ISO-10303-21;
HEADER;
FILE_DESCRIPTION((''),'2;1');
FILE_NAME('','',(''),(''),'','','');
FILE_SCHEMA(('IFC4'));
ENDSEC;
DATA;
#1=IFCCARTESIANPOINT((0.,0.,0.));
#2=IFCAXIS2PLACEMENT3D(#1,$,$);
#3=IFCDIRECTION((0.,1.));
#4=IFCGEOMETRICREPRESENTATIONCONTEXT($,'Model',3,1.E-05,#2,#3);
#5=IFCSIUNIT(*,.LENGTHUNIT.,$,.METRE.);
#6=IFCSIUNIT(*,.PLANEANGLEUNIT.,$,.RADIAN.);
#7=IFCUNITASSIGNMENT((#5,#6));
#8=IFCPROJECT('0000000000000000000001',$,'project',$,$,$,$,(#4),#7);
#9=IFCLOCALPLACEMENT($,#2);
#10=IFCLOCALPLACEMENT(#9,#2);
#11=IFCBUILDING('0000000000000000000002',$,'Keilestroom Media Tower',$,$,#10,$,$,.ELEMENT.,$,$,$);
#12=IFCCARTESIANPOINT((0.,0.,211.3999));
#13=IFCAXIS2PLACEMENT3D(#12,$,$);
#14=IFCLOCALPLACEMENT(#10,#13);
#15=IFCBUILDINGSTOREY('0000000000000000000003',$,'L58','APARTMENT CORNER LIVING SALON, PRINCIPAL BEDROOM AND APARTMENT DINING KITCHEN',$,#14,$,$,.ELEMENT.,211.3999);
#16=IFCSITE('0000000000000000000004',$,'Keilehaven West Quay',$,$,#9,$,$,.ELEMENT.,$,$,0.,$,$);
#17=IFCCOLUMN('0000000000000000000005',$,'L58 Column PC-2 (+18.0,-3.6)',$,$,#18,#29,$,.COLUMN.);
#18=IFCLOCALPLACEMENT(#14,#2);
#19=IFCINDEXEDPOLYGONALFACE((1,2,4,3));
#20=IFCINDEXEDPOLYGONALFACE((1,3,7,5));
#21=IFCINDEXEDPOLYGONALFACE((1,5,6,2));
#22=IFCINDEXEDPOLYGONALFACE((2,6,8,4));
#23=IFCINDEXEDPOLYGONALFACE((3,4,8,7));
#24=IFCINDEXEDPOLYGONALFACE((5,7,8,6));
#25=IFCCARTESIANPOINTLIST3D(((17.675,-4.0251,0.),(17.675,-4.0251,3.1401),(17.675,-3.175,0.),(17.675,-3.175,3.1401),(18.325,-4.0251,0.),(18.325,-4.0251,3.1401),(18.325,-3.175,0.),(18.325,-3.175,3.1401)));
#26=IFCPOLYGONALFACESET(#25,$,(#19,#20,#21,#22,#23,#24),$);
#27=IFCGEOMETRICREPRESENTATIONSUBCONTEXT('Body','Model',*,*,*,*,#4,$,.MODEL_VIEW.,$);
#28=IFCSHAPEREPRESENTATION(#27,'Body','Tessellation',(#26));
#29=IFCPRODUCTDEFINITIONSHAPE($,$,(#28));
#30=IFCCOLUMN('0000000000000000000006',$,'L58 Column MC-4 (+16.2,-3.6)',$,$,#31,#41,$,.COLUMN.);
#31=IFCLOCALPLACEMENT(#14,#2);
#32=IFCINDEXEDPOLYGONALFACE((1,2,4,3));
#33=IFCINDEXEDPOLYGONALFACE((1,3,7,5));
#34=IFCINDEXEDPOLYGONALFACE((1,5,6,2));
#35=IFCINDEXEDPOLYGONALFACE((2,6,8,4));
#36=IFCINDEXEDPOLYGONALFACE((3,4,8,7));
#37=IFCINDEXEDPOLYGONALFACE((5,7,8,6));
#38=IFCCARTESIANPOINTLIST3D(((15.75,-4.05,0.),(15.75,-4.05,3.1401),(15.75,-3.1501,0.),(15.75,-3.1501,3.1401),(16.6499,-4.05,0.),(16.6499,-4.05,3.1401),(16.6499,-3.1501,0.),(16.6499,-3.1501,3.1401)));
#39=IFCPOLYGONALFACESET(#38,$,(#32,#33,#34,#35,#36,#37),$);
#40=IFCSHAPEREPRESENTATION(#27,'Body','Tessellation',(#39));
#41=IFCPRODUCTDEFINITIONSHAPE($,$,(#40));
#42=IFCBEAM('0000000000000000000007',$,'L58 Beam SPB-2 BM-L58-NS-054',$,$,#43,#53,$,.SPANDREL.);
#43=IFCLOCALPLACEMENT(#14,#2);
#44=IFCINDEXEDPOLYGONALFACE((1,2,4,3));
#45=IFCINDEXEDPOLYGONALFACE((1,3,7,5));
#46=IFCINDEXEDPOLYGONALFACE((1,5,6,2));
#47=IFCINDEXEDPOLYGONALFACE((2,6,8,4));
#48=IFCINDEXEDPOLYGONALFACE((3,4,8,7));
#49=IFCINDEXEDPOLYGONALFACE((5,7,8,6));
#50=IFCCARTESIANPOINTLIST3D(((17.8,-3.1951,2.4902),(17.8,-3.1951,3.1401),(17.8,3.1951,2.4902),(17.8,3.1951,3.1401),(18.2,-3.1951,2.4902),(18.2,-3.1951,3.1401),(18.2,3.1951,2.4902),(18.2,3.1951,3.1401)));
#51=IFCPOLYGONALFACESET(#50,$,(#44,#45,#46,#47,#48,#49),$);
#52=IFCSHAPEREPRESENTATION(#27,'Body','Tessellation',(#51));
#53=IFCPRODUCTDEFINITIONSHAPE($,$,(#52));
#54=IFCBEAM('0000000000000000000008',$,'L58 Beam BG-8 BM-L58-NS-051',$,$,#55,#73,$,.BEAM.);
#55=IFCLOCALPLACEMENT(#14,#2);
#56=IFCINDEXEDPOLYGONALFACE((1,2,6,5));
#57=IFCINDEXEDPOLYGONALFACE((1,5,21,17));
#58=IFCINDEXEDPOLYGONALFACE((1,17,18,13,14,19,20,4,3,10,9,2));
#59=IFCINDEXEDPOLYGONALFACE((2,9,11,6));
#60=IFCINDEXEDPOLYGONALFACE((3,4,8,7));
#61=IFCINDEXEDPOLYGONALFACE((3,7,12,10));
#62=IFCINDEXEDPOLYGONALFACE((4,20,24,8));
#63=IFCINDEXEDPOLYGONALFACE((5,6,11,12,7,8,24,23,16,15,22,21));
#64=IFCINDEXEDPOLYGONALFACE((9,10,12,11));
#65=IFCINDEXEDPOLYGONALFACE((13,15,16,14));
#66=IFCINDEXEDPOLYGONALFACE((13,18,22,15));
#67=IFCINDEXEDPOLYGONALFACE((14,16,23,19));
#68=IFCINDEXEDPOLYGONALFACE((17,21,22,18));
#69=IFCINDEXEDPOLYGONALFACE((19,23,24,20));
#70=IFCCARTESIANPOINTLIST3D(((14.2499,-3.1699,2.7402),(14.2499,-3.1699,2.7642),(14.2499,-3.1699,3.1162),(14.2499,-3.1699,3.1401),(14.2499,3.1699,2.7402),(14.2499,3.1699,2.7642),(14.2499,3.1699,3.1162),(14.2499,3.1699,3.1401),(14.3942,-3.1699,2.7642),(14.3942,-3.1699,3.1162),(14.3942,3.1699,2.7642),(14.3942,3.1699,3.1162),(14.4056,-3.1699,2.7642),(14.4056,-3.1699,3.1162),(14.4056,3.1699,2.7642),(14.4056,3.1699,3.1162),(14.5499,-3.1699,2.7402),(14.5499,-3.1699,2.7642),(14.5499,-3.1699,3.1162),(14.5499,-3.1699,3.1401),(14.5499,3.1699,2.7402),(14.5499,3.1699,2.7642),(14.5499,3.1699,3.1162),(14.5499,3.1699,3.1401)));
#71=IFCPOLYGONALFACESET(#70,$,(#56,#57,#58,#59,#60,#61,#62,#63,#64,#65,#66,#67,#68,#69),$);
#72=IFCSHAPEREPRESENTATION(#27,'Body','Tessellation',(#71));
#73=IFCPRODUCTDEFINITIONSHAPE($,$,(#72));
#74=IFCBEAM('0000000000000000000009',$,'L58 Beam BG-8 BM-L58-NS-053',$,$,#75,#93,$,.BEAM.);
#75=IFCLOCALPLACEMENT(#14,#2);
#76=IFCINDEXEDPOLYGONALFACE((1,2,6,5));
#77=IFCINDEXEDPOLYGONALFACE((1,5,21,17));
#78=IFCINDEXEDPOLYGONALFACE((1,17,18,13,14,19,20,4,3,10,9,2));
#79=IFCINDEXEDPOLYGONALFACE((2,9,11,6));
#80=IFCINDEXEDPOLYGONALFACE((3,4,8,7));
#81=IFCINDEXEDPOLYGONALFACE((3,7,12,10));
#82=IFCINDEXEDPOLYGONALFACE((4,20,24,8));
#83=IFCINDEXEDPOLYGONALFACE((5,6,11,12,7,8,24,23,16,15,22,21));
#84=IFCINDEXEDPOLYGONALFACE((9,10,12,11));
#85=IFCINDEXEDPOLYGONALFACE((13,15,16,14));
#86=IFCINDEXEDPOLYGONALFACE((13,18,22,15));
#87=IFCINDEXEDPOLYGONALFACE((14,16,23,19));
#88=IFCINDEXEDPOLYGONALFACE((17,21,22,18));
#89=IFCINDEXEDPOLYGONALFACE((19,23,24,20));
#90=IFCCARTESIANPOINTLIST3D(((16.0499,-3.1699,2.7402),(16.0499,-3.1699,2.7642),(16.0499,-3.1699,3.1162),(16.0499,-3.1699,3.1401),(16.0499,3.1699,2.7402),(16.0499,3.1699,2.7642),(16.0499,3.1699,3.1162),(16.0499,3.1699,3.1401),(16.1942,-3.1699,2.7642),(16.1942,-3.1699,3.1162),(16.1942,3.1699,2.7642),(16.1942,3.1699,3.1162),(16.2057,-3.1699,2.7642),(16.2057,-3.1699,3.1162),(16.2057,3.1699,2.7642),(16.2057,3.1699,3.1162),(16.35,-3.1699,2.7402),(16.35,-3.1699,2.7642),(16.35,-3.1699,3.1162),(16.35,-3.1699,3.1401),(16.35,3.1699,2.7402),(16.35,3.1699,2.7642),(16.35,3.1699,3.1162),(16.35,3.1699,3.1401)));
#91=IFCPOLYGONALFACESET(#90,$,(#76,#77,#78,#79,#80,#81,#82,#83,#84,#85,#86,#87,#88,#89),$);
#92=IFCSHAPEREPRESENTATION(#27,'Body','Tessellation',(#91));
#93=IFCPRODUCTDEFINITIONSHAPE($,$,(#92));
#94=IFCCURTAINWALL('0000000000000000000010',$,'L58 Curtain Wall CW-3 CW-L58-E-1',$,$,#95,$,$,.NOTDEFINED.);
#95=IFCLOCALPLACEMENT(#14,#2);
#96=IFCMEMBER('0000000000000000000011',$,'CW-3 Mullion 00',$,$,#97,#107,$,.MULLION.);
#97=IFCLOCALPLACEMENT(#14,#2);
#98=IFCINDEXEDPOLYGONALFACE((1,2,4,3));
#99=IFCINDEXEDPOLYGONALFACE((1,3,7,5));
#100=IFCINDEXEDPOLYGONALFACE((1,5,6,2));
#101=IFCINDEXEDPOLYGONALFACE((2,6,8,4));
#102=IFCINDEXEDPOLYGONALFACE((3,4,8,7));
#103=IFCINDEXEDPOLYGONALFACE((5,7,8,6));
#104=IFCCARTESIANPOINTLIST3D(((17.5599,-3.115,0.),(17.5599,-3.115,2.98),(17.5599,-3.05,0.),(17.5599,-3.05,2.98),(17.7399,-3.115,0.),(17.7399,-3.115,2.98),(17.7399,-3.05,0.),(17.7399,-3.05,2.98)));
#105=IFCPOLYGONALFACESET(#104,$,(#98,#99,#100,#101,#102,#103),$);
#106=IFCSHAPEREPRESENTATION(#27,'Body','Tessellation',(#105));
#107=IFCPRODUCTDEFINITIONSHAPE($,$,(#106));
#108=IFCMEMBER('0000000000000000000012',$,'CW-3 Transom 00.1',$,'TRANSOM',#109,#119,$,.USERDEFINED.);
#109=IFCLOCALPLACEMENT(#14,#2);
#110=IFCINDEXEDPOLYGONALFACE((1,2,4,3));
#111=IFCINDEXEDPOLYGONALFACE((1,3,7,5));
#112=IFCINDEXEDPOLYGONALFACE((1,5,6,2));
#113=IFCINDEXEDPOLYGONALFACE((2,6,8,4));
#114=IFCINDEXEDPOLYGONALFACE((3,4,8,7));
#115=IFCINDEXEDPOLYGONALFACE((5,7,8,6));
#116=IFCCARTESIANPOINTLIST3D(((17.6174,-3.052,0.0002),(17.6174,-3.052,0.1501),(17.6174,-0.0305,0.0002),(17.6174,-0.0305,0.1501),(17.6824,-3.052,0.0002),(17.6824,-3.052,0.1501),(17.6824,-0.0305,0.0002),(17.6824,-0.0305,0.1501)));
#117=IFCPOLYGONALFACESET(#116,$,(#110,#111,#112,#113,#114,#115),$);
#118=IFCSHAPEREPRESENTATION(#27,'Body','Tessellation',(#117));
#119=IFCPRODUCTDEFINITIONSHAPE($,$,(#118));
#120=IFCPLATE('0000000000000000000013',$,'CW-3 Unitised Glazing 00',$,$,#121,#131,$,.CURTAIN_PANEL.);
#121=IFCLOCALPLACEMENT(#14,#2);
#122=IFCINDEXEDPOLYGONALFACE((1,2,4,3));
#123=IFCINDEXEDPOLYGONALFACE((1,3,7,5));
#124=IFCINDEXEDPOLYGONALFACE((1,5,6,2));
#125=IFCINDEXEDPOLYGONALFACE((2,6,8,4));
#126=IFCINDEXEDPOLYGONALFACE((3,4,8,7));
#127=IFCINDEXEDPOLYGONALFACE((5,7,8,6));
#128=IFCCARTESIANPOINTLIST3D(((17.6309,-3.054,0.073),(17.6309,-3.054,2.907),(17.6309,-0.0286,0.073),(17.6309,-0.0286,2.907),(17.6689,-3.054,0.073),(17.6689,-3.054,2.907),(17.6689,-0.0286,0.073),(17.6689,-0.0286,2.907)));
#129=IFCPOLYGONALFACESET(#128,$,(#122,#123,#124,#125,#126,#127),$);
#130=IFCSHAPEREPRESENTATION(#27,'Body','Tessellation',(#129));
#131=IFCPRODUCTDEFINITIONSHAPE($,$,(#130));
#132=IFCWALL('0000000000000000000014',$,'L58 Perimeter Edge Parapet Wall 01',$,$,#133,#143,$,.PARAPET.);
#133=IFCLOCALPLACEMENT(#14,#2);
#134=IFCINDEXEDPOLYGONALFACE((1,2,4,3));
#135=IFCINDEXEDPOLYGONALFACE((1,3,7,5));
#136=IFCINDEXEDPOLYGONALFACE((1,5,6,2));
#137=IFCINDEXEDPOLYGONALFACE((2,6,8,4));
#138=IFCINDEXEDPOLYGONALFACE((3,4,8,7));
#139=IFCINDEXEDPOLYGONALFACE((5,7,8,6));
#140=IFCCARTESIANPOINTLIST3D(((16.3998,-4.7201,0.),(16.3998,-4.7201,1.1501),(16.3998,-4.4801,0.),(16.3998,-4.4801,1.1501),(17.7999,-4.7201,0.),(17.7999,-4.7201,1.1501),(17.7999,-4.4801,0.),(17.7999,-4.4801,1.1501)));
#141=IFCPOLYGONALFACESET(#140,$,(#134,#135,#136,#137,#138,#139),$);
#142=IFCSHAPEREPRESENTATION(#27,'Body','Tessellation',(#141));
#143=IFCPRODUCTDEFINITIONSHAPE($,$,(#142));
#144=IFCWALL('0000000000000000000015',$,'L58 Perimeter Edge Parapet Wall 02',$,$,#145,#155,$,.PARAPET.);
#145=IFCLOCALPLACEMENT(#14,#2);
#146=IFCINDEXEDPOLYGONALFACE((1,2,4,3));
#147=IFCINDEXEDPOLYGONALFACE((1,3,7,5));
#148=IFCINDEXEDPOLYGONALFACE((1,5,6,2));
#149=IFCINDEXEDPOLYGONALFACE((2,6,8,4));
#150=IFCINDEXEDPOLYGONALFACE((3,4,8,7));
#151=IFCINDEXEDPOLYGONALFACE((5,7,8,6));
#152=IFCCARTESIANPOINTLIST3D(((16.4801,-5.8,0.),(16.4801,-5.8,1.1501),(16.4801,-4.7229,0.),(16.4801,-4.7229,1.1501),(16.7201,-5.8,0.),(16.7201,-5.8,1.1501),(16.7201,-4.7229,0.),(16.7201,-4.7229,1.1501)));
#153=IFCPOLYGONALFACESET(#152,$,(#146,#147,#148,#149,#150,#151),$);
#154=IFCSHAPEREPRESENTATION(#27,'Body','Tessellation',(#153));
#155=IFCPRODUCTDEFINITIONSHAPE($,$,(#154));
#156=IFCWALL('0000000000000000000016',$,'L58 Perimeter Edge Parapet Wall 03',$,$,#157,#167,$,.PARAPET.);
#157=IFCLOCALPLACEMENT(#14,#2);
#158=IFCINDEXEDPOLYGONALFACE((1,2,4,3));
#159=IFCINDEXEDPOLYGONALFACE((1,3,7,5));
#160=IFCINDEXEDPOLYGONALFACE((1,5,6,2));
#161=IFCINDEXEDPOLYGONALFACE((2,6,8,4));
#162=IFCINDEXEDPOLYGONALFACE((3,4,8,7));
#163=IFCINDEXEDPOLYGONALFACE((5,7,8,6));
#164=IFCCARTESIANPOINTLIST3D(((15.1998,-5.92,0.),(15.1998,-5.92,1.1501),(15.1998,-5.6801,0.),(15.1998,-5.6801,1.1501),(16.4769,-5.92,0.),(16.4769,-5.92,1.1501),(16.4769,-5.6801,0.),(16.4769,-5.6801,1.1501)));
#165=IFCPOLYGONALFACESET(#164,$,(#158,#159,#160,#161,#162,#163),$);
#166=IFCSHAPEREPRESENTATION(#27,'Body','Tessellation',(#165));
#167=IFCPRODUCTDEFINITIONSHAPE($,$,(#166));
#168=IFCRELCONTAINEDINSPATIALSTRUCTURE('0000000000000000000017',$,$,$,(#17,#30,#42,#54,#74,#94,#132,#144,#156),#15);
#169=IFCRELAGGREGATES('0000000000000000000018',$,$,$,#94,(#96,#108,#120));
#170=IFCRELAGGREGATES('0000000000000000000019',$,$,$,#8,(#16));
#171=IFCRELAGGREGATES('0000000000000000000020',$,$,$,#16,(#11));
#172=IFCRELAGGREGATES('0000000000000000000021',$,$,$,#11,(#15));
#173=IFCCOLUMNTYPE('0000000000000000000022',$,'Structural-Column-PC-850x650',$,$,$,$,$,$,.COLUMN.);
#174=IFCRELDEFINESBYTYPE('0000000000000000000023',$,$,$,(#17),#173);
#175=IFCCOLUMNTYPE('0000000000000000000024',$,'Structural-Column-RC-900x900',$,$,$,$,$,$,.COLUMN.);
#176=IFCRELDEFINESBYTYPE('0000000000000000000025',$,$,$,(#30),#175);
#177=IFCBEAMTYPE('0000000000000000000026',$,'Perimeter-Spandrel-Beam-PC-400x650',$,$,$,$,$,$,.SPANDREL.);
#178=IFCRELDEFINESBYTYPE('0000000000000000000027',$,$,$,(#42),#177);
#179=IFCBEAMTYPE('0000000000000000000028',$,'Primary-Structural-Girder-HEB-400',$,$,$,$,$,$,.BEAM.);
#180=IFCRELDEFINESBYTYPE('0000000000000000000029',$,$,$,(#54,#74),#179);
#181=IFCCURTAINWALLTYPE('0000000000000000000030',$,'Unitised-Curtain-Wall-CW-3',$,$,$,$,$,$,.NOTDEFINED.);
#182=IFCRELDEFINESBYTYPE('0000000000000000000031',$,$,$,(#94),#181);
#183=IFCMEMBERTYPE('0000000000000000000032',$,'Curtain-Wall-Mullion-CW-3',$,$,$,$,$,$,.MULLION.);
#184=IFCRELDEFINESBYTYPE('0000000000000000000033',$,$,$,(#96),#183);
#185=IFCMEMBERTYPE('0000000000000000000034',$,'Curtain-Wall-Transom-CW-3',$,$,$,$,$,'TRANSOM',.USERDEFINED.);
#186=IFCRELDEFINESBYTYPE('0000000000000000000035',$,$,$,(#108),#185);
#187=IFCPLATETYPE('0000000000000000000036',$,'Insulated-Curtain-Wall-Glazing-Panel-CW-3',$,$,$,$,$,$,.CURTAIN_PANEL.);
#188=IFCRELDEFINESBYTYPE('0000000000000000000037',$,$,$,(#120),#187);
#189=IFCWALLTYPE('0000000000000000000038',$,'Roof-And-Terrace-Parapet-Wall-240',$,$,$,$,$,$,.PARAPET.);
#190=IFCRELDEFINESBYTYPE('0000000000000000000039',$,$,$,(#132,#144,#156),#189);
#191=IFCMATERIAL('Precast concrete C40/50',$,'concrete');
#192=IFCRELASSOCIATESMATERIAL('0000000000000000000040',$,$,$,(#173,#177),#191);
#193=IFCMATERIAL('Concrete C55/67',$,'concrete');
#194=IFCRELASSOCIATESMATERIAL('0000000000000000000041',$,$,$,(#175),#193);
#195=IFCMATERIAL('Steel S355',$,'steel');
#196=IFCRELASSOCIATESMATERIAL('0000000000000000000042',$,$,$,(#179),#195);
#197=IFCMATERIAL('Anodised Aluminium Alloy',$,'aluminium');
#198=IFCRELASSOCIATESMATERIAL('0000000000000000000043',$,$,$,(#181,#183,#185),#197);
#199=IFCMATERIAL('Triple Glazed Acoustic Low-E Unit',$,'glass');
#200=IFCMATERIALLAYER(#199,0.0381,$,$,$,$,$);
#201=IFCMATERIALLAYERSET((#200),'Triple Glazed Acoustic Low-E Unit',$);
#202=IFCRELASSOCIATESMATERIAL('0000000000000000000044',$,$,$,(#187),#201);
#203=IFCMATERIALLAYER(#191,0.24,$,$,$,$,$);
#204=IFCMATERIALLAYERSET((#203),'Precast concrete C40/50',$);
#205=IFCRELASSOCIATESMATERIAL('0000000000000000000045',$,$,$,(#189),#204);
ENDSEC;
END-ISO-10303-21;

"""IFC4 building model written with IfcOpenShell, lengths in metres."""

from ifc_helpers import new_model, si_unit, direction, frame, frame_2d, origin, origin_2d, place, context, subcontext, project, spatial, rectangle, i_section, extrude, source, transform, mapped, material, layer, layer_set, material_profile, profile_set, type_object, element, aggregate, save


model = new_model("IFC4")

# Units and contexts
model_context = context("Model", 3, precision=1e-05, world=origin(), true_north=direction((0.0, 1.0)))
body_context = subcontext(model_context, "Body", "Model", "MODEL_VIEW")
ifc_project = project(units=[si_unit("LENGTHUNIT", "METRE"), si_unit("PLANEANGLEUNIT", "RADIAN")], contexts=[model_context])

# Site, building, storey
site_placement = place(None, origin())
site = spatial("IfcSite", under=ifc_project, at=site_placement, Name="Keilehaven West Quay", CompositionType="ELEMENT", RefElevation=0.0)
building_placement = place(site_placement, origin())
building = spatial("IfcBuilding", under=site, at=building_placement, Name="Keilestroom Media Tower", CompositionType="ELEMENT")
storey_placement = place(building_placement, frame((0.0, 0.0, 211.3999)))
storey = spatial("IfcBuildingStorey", under=building, at=storey_placement, Name="L58", Description="APARTMENT CORNER LIVING SALON, PRINCIPAL BEDROOM AND APARTMENT DINING KITCHEN", CompositionType="ELEMENT", Elevation=211.3999)

# Columns
ifc_material_1 = material(Name="Precast concrete C40/50", Category="concrete")
ifc_material_profile_1 = material_profile(ifc_material_1, rectangle(XDim=0.6499, YDim=0.8501, at=origin_2d()), Name="PC 850x650")
ifc_profile_set_1 = profile_set([ifc_material_profile_1], Name="Precast concrete C40/50")
column_type_1 = type_object("IfcColumnType", Name="Structural-Column-PC-850x650", PredefinedType="COLUMN", material=ifc_profile_set_1)
shared_shape_1 = source(origin(), body_context, "Body", "SweptSolid", [
    extrude(rectangle(XDim=0.6499, YDim=0.8501, at=origin_2d()), origin(), (0.0, 0.0, 1.0), 3.1401),
])
column_1_placement = place(storey_placement, frame((18.0, -3.6001, 0.0), z_axis=(0.0, 0.0, 1.0), x_axis=(1.0, 0.0, 0.0)))
element("IfcColumn", 1, at=column_1_placement, inside=storey, type_object=column_type_1, Name="L58 Column PC-2 (+18.0,-3.6)", PredefinedType="COLUMN", context=body_context, shape_type="MappedRepresentation", body=[
    mapped(shared_shape_1, transform((0.0, 0.0, 0.0), x_axis=(1.0, 0.0, 0.0), y_axis=(0.0, 1.0, 0.0), z_axis=(0.0, 0.0, 1.0), scale=1.0)),
])
ifc_material_2 = material(Name="Concrete C55/67", Category="concrete")
ifc_material_profile_2 = material_profile(ifc_material_2, rectangle(XDim=0.8999, YDim=0.8999, at=origin_2d()), Name="RC 900x900")
ifc_profile_set_2 = profile_set([ifc_material_profile_2], Name="Concrete C55/67")
column_type_2 = type_object("IfcColumnType", Name="Structural-Column-RC-900x900", PredefinedType="COLUMN", material=ifc_profile_set_2)
shared_shape_2 = source(origin(), body_context, "Body", "SweptSolid", [
    extrude(rectangle(XDim=0.8999, YDim=0.8999, at=origin_2d()), origin(), (0.0, 0.0, 1.0), 3.1401),
])
column_2_placement = place(storey_placement, frame((16.2, -3.6001, 0.0), z_axis=(0.0, 0.0, 1.0), x_axis=(1.0, 0.0, 0.0)))
element("IfcColumn", 2, at=column_2_placement, inside=storey, type_object=column_type_2, Name="L58 Column MC-4 (+16.2,-3.6)", PredefinedType="COLUMN", context=body_context, shape_type="MappedRepresentation", body=[
    mapped(shared_shape_2, transform((0.0, 0.0, 0.0), x_axis=(1.0, 0.0, 0.0), y_axis=(0.0, 1.0, 0.0), z_axis=(0.0, 0.0, 1.0), scale=1.0)),
])

# Beams
ifc_material_profile_3 = material_profile(ifc_material_1, rectangle(XDim=0.3999, YDim=0.6499, at=origin_2d()), Name="PC 400x650")
ifc_profile_set_3 = profile_set([ifc_material_profile_3], Name="Precast concrete C40/50")
beam_type_1 = type_object("IfcBeamType", Name="Perimeter-Spandrel-Beam-PC-400x650", PredefinedType="SPANDREL", material=ifc_profile_set_3)
shared_shape_3 = source(origin(), body_context, "Body", "SweptSolid", [
    extrude(rectangle(XDim=0.3999, YDim=0.6499, at=origin_2d()), origin(), (0.0, 0.0, 1.0), 6.3901),
])
beam_placement = place(storey_placement, frame((18.0, -3.1951, 2.8152), z_axis=(0.0, 1.0, 0.0), x_axis=(-1.0, 0.0, 0.0)))
element("IfcBeam", 3, at=beam_placement, inside=storey, type_object=beam_type_1, Name="L58 Beam SPB-2 BM-L58-NS-054", PredefinedType="SPANDREL", context=body_context, shape_type="MappedRepresentation", body=[
    mapped(shared_shape_3, transform((0.0, 0.0, 0.0), x_axis=(1.0, 0.0, 0.0), y_axis=(0.0, 1.0, 0.0), z_axis=(0.0, 0.0, 1.0), scale=1.0)),
])
ifc_material_3 = material(Name="Steel S355", Category="steel")
ifc_material_profile_4 = material_profile(ifc_material_3, i_section(OverallWidth=0.3, OverallDepth=0.3999, WebThickness=0.0115, FlangeThickness=0.0239, at=origin_2d()), Name="HEB 400")
ifc_profile_set_4 = profile_set([ifc_material_profile_4], Name="Steel S355")
beam_type_2 = type_object("IfcBeamType", Name="Primary-Structural-Girder-HEB-400", PredefinedType="BEAM", material=ifc_profile_set_4)
shared_shape_4 = source(origin(), body_context, "Body", "SweptSolid", [
    extrude(i_section(OverallWidth=0.3, OverallDepth=0.3999, WebThickness=0.0115, FlangeThickness=0.0239, at=origin_2d()), origin(), (0.0, 0.0, 1.0), 6.3398),
])
for number, where, z_axis, x_axis, name in (
    (4, (14.3999, -3.1699, 2.9402), (0.0, 1.0, 0.0), (-1.0, 0.0, 0.0), "L58 Beam BG-8 BM-L58-NS-051"),
    (5, (16.2, -3.1699, 2.9402), (0.0, 1.0, 0.0), (-1.0, 0.0, 0.0), "L58 Beam BG-8 BM-L58-NS-053"),
):
    element("IfcBeam", number, at=place(storey_placement, frame(where, z_axis=z_axis, x_axis=x_axis)), inside=storey, type_object=beam_type_2, Name=name, PredefinedType="BEAM", context=body_context, shape_type="MappedRepresentation", body=[
        mapped(shared_shape_4, transform((0.0, 0.0, 0.0), x_axis=(1.0, 0.0, 0.0), y_axis=(0.0, 1.0, 0.0), z_axis=(0.0, 0.0, 1.0), scale=1.0)),
    ])

# Curtain wall, members, plate
ifc_material_4 = material(Name="Anodised Aluminium Alloy", Category="aluminium")
curtain_wall_type = type_object("IfcCurtainWallType", Name="Unitised-Curtain-Wall-CW-3", PredefinedType="NOTDEFINED", material=ifc_material_4)
curtain_wall_placement = place(storey_placement, origin())
curtain_wall = element("IfcCurtainWall", 6, at=curtain_wall_placement, inside=storey, type_object=curtain_wall_type, Name="L58 Curtain Wall CW-3 CW-L58-E-1", PredefinedType="NOTDEFINED")
ifc_material_profile_5 = material_profile(ifc_material_4, rectangle(XDim=0.0649, YDim=0.1799, at=origin_2d()), Name="ALU MULLION 65x180")
ifc_profile_set_5 = profile_set([ifc_material_profile_5], Name="Anodised Aluminium Alloy")
member_type_1 = type_object("IfcMemberType", Name="Curtain-Wall-Mullion-CW-3", PredefinedType="MULLION", material=ifc_profile_set_5)
shared_shape_5 = source(origin(), body_context, "Body", "SweptSolid", [
    extrude(rectangle(XDim=0.0649, YDim=0.1799, at=origin_2d()), origin(), (0.0, 0.0, 1.0), 2.98),
])
member_1_placement = place(storey_placement, frame((17.6499, -3.0825, 0.0), z_axis=(0.0, 0.0, 1.0), x_axis=(0.0, 1.0, 0.0)))
member_1 = element("IfcMember", 7, at=member_1_placement, type_object=member_type_1, Name="CW-3 Mullion 00", PredefinedType="MULLION", context=body_context, shape_type="MappedRepresentation", body=[
    mapped(shared_shape_5, transform((0.0, 0.0, 0.0), x_axis=(1.0, 0.0, 0.0), y_axis=(0.0, 1.0, 0.0), z_axis=(0.0, 0.0, 1.0), scale=1.0)),
])
ifc_material_profile_6 = material_profile(ifc_material_4, rectangle(XDim=0.0649, YDim=0.1499, at=origin_2d()), Name="ALU TRANSOM 65x150")
ifc_profile_set_6 = profile_set([ifc_material_profile_6], Name="Anodised Aluminium Alloy")
member_type_2 = type_object("IfcMemberType", Name="Curtain-Wall-Transom-CW-3", ElementType="TRANSOM", PredefinedType="USERDEFINED", material=ifc_profile_set_6)
shared_shape_6 = source(origin(), body_context, "Body", "SweptSolid", [
    extrude(rectangle(XDim=0.0649, YDim=0.1499, at=origin_2d()), origin(), (0.0, 0.0, 1.0), 3.0215),
])
member_2_placement = place(storey_placement, frame((17.6499, -3.052, 0.0752), z_axis=(0.0, 1.0, 0.0), x_axis=(-1.0, 0.0, 0.0)))
member_2 = element("IfcMember", 8, at=member_2_placement, type_object=member_type_2, Name="CW-3 Transom 00.1", ObjectType="TRANSOM", PredefinedType="USERDEFINED", context=body_context, shape_type="MappedRepresentation", body=[
    mapped(shared_shape_6, transform((0.0, 0.0, 0.0), x_axis=(1.0, 0.0, 0.0), y_axis=(0.0, 1.0, 0.0), z_axis=(0.0, 0.0, 1.0), scale=1.0)),
])
ifc_material_5 = material(Name="Triple Glazed Acoustic Low-E Unit", Category="glass")
ifc_layer_1 = layer(ifc_material_5, 0.0381)
ifc_layer_set_1 = layer_set([ifc_layer_1], Name="Triple Glazed Acoustic Low-E Unit")
plate_type = type_object("IfcPlateType", Name="Insulated-Curtain-Wall-Glazing-Panel-CW-3", PredefinedType="CURTAIN_PANEL", material=ifc_layer_set_1)
shared_shape_7 = source(origin(), body_context, "Body", "SweptSolid", [
    extrude(rectangle(XDim=3.0254, YDim=0.0381, at=origin_2d()), origin(), (0.0, 0.0, 1.0), 2.834),
])
plate_placement = place(storey_placement, frame((17.6499, -1.5413, 0.073), z_axis=(0.0, 0.0, 1.0), x_axis=(0.0, 1.0, 0.0)))
plate = element("IfcPlate", 9, at=plate_placement, type_object=plate_type, Name="CW-3 Unitised Glazing 00", PredefinedType="CURTAIN_PANEL", context=body_context, shape_type="MappedRepresentation", body=[
    mapped(shared_shape_7, transform((0.0, 0.0, 0.0), x_axis=(1.0, 0.0, 0.0), y_axis=(0.0, 1.0, 0.0), z_axis=(0.0, 0.0, 1.0), scale=1.0)),
])
aggregate(curtain_wall, [member_1, member_2, plate])

# Walls
ifc_layer_2 = layer(ifc_material_1, 0.24)
ifc_layer_set_2 = layer_set([ifc_layer_2], Name="Precast concrete C40/50")
wall_type = type_object("IfcWallType", Name="Roof-And-Terrace-Parapet-Wall-240", PredefinedType="PARAPET", material=ifc_layer_set_2)
wall_1_placement = place(storey_placement, frame((17.8, -4.6001, 0.0), z_axis=(0.0, 0.0, 1.0), x_axis=(-1.0, 0.0, 0.0)))
element("IfcWall", 10, at=wall_1_placement, inside=storey, type_object=wall_type, Name="L58 Perimeter Edge Parapet Wall 01", PredefinedType="PARAPET", context=body_context, shape_type="SweptSolid", body=[
    extrude(rectangle(XDim=1.4001, YDim=0.24, at=frame_2d((0.7002, 0.0))), origin(), (0.0, 0.0, 1.0), 1.1501),
])
wall_2_placement = place(storey_placement, frame((16.6001, -4.7229, 0.0), z_axis=(0.0, 0.0, 1.0), x_axis=(0.0, -1.0, 0.0)))
element("IfcWall", 11, at=wall_2_placement, inside=storey, type_object=wall_type, Name="L58 Perimeter Edge Parapet Wall 02", PredefinedType="PARAPET", context=body_context, shape_type="SweptSolid", body=[
    extrude(rectangle(XDim=1.0771, YDim=0.24, at=frame_2d((0.5386, 0.0))), origin(), (0.0, 0.0, 1.0), 1.1501),
])
wall_3_placement = place(storey_placement, frame((16.4771, -5.8, 0.0), z_axis=(0.0, 0.0, 1.0), x_axis=(-1.0, 0.0, 0.0)))
element("IfcWall", 12, at=wall_3_placement, inside=storey, type_object=wall_type, Name="L58 Perimeter Edge Parapet Wall 03", PredefinedType="PARAPET", context=body_context, shape_type="SweptSolid", body=[
    extrude(rectangle(XDim=1.2771, YDim=0.24, at=frame_2d((0.6387, 0.0))), origin(), (0.0, 0.0, 1.0), 1.1501),
])

save(model, "model.ifc")
